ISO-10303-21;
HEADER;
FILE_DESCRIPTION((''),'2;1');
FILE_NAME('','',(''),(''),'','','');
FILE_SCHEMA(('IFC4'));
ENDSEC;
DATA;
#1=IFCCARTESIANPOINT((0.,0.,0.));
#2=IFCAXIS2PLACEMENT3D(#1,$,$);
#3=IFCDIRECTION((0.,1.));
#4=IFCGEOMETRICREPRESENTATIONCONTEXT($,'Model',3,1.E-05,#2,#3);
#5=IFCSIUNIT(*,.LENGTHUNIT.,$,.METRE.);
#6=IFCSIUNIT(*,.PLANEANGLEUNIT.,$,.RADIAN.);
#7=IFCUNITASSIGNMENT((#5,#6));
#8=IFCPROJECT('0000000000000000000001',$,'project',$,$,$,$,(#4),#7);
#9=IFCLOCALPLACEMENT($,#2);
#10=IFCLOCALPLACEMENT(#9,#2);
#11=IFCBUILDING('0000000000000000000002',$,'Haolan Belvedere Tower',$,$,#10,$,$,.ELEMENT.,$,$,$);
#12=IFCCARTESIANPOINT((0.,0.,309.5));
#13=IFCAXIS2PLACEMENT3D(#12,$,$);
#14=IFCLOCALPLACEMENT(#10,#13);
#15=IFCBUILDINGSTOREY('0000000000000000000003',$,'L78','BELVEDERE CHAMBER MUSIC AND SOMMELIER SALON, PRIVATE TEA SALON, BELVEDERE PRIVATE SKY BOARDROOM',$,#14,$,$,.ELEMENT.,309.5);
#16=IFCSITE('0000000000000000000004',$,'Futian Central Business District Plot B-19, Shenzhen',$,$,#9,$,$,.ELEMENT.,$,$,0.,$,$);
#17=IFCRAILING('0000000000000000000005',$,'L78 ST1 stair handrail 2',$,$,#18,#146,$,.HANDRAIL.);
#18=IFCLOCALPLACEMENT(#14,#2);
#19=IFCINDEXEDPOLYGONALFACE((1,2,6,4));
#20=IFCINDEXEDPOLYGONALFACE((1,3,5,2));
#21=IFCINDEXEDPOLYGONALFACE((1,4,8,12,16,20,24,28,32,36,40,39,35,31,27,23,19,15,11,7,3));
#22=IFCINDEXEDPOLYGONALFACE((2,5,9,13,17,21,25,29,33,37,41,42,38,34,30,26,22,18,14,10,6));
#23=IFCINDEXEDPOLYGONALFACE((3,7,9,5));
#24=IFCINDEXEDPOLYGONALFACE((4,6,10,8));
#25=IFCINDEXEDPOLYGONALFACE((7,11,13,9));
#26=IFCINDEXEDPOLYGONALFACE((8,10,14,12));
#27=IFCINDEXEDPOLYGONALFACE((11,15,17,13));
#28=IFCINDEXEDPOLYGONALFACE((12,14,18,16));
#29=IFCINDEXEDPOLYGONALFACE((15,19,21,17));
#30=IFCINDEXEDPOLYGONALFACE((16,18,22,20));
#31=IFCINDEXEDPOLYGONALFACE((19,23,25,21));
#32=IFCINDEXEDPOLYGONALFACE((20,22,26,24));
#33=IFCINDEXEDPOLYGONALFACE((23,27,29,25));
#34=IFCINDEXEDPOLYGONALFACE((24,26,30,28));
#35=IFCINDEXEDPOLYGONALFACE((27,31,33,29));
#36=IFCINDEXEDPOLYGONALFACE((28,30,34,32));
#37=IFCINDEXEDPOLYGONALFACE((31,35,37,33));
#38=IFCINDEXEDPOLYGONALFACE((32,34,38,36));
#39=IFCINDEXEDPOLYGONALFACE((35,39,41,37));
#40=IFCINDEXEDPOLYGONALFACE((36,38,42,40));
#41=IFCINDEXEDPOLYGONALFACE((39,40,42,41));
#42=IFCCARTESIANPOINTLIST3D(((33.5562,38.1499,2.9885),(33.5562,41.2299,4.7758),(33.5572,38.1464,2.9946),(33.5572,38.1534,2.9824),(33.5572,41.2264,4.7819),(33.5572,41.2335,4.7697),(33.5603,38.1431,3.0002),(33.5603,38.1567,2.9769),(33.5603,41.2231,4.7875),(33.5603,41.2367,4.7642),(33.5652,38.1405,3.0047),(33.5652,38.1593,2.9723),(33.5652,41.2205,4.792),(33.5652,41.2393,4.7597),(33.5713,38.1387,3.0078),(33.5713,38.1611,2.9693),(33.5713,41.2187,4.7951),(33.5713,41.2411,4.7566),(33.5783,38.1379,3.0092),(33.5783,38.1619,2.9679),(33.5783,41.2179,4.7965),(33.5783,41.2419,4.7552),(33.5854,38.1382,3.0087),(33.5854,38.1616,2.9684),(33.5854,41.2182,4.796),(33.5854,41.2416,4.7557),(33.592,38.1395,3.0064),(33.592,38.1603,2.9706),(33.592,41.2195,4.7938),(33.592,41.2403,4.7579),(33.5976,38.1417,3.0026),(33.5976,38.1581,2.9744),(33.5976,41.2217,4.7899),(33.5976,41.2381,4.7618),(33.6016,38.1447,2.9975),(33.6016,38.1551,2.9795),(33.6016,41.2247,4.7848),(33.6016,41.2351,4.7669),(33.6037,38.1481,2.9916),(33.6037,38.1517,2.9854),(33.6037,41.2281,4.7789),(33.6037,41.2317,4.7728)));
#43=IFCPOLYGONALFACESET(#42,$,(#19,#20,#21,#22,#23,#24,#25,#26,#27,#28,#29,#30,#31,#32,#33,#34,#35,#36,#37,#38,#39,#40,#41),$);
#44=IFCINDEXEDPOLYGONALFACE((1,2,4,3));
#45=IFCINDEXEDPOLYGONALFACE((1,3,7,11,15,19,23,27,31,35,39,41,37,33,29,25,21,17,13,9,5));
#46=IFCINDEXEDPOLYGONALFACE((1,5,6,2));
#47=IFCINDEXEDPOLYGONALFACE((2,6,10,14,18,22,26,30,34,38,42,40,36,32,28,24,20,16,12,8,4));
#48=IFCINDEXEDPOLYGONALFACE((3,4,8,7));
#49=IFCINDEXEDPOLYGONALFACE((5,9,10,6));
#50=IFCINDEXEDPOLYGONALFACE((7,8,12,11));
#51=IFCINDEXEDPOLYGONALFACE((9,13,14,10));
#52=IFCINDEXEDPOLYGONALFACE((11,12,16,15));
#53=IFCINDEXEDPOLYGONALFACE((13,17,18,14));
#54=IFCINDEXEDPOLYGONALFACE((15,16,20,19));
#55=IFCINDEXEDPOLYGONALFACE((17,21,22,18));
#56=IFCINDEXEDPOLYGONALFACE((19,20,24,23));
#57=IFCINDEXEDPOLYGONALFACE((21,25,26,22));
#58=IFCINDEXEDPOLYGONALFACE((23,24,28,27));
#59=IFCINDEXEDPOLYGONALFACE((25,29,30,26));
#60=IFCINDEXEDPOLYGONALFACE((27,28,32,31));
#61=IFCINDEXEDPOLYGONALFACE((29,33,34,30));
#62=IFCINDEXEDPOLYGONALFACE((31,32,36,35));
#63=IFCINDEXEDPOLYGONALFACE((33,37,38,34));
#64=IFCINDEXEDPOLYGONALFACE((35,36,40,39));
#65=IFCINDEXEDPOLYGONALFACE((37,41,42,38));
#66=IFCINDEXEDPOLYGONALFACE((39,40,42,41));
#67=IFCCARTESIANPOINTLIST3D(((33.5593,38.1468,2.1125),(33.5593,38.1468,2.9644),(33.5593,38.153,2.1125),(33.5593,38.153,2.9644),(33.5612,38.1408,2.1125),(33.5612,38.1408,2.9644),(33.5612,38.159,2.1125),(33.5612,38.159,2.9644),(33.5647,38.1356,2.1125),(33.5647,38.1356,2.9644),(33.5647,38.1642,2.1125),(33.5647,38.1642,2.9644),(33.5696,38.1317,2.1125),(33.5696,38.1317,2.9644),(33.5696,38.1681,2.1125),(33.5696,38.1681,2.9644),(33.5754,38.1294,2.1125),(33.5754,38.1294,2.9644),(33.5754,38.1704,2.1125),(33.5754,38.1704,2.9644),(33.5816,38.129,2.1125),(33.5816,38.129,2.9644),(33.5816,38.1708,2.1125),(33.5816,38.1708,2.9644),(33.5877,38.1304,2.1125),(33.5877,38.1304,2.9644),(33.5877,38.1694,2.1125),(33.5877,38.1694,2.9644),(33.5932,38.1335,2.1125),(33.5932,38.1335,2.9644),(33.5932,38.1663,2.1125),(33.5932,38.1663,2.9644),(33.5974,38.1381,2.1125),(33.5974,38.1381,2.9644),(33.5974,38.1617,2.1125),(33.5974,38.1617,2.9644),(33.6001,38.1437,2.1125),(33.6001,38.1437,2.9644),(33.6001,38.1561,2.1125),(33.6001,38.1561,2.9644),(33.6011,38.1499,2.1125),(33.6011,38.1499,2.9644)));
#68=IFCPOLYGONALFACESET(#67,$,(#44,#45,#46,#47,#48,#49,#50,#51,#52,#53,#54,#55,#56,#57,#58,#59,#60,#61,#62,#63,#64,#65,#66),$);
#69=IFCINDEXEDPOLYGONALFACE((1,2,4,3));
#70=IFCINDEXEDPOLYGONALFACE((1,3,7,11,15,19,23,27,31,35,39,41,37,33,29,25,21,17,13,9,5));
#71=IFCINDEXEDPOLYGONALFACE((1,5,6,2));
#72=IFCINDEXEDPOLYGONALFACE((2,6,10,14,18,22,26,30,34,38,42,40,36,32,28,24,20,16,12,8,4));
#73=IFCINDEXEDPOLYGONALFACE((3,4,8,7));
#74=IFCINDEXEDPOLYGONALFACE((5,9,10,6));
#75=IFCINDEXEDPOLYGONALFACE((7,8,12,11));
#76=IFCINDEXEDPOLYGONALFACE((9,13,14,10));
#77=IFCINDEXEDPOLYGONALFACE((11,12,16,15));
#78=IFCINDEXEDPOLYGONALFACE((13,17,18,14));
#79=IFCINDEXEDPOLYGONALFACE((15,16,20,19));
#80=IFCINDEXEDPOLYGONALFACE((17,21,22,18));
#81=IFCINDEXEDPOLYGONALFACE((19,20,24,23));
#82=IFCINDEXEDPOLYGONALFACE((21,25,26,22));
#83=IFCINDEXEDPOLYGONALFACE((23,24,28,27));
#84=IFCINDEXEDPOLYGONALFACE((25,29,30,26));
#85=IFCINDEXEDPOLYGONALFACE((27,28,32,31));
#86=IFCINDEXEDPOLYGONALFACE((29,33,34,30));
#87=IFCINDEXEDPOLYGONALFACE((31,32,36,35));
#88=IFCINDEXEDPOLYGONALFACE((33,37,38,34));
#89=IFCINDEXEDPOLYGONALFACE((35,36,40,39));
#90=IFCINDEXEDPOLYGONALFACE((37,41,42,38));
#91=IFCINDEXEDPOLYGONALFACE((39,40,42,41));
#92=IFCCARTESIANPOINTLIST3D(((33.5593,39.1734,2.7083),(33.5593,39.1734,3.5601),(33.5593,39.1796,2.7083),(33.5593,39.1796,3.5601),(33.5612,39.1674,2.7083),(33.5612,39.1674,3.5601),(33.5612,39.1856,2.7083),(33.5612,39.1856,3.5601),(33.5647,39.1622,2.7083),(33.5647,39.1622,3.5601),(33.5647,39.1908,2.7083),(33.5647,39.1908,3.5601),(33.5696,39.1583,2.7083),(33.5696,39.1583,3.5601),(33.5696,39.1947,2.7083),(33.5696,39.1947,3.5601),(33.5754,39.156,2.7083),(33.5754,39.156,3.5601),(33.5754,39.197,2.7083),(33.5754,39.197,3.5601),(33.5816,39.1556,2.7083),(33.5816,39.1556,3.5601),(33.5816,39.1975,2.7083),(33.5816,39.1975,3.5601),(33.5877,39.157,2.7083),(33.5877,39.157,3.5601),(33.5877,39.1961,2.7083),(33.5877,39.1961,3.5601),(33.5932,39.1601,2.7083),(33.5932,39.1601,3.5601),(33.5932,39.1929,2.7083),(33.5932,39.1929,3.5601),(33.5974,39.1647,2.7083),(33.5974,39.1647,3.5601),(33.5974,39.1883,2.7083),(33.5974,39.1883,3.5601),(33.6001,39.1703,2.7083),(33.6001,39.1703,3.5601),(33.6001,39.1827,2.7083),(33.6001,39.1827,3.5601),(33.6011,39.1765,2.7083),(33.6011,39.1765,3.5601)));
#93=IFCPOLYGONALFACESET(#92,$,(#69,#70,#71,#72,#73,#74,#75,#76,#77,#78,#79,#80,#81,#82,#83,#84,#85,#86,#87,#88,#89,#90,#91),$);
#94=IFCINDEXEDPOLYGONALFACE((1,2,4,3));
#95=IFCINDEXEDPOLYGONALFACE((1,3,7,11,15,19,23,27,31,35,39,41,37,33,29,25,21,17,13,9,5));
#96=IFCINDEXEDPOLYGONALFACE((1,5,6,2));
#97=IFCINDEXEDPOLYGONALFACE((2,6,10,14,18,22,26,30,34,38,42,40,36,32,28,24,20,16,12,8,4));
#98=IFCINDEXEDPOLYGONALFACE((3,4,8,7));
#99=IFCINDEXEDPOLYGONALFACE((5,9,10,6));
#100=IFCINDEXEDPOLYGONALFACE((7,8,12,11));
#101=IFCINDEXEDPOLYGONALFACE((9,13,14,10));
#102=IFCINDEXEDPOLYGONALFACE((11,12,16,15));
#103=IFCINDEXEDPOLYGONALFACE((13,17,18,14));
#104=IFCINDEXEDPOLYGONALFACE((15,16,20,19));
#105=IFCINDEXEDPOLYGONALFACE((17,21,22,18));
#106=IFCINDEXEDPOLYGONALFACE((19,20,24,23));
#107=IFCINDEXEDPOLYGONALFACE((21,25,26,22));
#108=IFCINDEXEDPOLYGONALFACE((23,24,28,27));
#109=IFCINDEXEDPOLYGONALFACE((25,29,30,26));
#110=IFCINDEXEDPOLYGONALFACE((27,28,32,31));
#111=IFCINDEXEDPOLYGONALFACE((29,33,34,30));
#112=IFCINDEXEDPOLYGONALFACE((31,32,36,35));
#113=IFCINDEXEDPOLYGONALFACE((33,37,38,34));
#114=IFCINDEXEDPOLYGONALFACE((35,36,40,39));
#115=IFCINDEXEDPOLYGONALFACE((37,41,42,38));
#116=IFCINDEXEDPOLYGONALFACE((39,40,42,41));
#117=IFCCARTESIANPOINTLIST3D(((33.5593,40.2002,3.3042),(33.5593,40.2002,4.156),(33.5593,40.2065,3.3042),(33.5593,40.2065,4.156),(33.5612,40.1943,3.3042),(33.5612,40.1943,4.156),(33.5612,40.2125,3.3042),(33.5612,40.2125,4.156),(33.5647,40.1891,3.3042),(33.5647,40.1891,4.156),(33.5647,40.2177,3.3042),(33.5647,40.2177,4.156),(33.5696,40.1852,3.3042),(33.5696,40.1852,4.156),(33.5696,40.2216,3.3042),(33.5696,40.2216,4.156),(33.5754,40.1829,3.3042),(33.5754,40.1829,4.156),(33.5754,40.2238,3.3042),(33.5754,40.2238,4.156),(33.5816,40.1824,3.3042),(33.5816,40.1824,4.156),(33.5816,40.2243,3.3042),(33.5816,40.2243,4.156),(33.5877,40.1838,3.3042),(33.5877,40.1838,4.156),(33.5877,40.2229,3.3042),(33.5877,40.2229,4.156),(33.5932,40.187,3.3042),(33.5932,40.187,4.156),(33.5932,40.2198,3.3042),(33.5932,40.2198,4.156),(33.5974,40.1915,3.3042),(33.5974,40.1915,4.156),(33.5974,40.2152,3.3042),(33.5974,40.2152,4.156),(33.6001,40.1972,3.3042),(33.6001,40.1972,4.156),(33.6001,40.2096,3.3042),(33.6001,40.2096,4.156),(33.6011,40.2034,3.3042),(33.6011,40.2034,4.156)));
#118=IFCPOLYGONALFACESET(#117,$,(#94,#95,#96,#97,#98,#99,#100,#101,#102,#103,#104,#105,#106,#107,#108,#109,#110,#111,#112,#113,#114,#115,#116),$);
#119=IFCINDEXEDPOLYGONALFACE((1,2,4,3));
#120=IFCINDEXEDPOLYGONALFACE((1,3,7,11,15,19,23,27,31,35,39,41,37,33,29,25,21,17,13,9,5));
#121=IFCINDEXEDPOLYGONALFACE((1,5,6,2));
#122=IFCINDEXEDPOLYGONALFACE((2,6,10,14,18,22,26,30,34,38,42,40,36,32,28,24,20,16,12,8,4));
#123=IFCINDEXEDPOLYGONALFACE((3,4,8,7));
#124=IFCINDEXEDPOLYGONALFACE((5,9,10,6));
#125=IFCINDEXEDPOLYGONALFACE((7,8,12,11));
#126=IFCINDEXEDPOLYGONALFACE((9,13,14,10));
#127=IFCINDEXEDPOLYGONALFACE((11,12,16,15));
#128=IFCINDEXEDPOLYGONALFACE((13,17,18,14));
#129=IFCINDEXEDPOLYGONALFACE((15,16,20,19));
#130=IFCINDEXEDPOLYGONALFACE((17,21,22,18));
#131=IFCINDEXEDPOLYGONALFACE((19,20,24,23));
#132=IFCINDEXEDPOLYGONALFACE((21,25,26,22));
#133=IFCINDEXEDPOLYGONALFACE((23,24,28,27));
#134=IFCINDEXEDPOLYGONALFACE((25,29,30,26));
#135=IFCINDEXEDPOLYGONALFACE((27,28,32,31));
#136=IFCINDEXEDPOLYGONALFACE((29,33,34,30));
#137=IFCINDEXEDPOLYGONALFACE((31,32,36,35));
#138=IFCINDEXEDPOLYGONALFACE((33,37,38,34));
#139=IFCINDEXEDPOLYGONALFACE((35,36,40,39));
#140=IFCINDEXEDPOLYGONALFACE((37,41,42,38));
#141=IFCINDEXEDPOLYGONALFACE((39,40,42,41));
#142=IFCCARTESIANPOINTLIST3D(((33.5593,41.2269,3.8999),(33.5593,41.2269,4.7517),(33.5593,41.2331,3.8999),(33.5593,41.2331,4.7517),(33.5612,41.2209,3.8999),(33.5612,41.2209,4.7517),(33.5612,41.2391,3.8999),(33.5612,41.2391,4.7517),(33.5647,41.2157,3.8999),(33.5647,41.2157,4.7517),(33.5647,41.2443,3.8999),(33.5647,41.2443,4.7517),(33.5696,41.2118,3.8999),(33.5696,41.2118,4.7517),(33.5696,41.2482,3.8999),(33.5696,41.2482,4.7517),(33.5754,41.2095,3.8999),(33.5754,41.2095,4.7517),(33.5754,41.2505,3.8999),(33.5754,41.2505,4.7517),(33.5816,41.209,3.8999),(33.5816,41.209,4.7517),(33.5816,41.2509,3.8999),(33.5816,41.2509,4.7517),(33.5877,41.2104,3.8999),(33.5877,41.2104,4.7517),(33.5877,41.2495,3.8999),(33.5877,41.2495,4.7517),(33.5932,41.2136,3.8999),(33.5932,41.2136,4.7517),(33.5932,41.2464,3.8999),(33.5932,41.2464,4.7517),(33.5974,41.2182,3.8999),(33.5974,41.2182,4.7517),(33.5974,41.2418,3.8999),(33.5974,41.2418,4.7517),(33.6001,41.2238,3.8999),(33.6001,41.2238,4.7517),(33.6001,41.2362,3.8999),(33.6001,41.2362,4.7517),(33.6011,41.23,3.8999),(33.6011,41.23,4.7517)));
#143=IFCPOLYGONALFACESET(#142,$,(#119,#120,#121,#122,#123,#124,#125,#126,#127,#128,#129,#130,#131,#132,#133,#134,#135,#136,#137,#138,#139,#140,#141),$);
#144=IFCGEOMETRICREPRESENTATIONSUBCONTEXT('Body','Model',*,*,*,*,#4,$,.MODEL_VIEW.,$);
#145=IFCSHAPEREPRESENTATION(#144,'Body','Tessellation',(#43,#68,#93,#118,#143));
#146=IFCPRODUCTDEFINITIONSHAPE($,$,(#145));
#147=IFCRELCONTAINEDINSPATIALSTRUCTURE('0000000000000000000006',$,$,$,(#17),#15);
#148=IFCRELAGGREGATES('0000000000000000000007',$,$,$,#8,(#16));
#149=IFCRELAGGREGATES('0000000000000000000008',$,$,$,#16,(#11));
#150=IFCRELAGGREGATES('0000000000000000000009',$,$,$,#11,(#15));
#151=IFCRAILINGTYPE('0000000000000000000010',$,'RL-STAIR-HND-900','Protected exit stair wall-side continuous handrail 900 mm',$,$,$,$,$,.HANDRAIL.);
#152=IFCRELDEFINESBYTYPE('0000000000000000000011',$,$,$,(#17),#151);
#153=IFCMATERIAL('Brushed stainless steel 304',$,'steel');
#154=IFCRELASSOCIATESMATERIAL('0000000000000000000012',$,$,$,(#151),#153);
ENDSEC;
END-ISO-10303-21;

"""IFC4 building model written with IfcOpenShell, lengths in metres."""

from ifc_helpers import new_model, si_unit, direction, frame, origin, origin_2d, place, context, subcontext, project, spatial, circle, extrude, material, type_object, element, save


model = new_model("IFC4")

# Units and contexts
model_context = context("Model", 3, precision=1e-05, world=origin(), true_north=direction((0.0, 1.0)))
body_context = subcontext(model_context, "Body", "Model", "MODEL_VIEW")
ifc_project = project(units=[si_unit("LENGTHUNIT", "METRE"), si_unit("PLANEANGLEUNIT", "RADIAN")], contexts=[model_context])

# Site, building, storey
site_placement = place(None, origin())
site = spatial("IfcSite", under=ifc_project, at=site_placement, Name="Futian Central Business District Plot B-19, Shenzhen", CompositionType="ELEMENT", RefElevation=0.0)
building_placement = place(site_placement, origin())
building = spatial("IfcBuilding", under=site, at=building_placement, Name="Haolan Belvedere Tower", CompositionType="ELEMENT")
storey_placement = place(building_placement, frame((0.0, 0.0, 309.5)))
storey = spatial("IfcBuildingStorey", under=building, at=storey_placement, Name="L78", Description="BELVEDERE CHAMBER MUSIC AND SOMMELIER SALON, PRIVATE TEA SALON, BELVEDERE PRIVATE SKY BOARDROOM", CompositionType="ELEMENT", Elevation=309.5)

# Railing
ifc_material_1 = material(Name="Brushed stainless steel 304", Category="steel")
railing_type_1 = type_object("IfcRailingType", Name="RL-STAIR-HND-900", Description="Protected exit stair wall-side continuous handrail 900 mm", PredefinedType="HANDRAIL", material=ifc_material_1)
railing_1_placement = place(storey_placement, frame((33.5801, 38.1499, 2.1125)))
element("IfcRailing", 1, at=railing_1_placement, inside=storey, type_object=railing_type_1, Name="L78 ST1 stair handrail 2", PredefinedType="HANDRAIL", context=body_context, shape_type="SweptSolid", body=[
    extrude(circle(Radius=0.0239, at=origin_2d()), frame((0.0, 0.0, 0.876), z_axis=(0.0, 0.86492, 0.501909), x_axis=(-1.0, 0.0, 0.0)), (0.0, 0.0, 1.0), 3.561),
    extrude(circle(Radius=0.021, at=origin_2d()), origin(), (0.0, 0.0, 1.0), 0.8518),
    extrude(circle(Radius=0.021, at=origin_2d()), frame((0.0, 1.0266, 0.5957)), (0.0, 0.0, 1.0), 0.8518),
    extrude(circle(Radius=0.021, at=origin_2d()), frame((0.0, 2.0535, 1.1917)), (0.0, 0.0, 1.0), 0.8518),
    extrude(circle(Radius=0.021, at=origin_2d()), frame((0.0, 3.0801, 1.7874)), (0.0, 0.0, 1.0), 0.8518),
])

save(model, "model.ifc")
